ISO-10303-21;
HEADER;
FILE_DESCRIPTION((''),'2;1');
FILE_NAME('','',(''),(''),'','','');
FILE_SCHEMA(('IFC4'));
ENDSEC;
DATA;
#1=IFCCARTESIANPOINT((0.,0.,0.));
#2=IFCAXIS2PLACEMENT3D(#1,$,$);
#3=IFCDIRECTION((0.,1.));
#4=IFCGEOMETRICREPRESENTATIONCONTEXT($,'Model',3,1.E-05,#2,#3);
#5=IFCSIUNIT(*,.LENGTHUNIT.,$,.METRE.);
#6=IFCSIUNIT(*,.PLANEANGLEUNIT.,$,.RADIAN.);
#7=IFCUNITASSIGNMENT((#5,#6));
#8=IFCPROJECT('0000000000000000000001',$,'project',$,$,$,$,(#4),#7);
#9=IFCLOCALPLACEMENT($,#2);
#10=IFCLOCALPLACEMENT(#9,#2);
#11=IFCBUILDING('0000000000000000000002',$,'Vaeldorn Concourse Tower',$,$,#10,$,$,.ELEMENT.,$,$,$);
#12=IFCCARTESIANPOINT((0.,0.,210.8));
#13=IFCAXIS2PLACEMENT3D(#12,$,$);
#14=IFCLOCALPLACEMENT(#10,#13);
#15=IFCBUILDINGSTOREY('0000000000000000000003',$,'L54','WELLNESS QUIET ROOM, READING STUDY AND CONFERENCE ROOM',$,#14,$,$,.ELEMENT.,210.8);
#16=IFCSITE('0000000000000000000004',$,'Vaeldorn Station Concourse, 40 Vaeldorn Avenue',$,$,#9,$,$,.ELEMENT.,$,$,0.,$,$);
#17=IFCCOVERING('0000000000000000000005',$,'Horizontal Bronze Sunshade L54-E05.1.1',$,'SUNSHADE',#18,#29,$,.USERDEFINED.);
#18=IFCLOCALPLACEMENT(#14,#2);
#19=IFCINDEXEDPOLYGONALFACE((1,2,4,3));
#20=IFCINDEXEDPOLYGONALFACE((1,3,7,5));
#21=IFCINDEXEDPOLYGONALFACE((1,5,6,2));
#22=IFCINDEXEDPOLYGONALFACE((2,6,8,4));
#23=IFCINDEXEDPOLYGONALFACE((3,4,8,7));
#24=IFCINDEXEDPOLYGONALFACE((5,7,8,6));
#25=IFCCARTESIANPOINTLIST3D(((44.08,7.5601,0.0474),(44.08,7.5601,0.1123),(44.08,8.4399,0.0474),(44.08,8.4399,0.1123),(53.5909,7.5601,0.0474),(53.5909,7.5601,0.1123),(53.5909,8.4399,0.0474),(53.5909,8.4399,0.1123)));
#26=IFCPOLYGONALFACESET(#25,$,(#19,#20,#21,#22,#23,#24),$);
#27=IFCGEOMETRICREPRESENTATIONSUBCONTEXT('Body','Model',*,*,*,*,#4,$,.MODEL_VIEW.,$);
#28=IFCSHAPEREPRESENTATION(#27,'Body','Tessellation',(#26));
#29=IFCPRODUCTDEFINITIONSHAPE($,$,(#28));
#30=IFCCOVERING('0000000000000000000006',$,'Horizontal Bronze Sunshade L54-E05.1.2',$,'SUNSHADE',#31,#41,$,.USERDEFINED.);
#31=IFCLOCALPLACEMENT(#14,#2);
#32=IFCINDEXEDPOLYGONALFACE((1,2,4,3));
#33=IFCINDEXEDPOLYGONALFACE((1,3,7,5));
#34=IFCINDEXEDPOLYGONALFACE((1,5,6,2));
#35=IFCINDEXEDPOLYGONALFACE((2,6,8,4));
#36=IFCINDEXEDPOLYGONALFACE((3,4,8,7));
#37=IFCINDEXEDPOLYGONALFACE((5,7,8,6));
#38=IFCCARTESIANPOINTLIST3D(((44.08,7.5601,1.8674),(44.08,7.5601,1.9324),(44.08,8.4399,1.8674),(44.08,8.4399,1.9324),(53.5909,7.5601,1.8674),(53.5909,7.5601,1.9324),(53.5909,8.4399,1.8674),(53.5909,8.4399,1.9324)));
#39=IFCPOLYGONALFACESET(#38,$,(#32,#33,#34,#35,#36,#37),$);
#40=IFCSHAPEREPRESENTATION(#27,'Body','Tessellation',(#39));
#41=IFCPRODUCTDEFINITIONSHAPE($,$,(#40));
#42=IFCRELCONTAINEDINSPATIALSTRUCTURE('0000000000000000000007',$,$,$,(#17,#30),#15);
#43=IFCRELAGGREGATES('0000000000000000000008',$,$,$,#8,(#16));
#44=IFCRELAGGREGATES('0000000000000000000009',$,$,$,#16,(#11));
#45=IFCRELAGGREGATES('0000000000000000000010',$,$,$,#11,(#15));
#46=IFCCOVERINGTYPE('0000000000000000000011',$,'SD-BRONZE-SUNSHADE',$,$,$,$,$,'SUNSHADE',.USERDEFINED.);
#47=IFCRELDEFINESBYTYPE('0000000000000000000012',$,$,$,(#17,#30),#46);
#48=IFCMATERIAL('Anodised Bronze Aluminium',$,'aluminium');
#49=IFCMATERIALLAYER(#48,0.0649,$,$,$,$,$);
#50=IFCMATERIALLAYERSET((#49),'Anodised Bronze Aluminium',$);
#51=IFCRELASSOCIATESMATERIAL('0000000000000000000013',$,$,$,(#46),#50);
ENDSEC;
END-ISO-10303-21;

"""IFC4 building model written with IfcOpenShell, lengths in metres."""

from ifc_helpers import new_model, si_unit, direction, frame, origin, origin_2d, place, context, subcontext, project, spatial, rectangle, extrude, source, transform, mapped, material, layer, layer_set, type_object, element, save


model = new_model("IFC4")

# Units and contexts
model_context = context("Model", 3, precision=1e-05, world=origin(), true_north=direction((0.0, 1.0)))
body_context = subcontext(model_context, "Body", "Model", "MODEL_VIEW")
ifc_project = project(units=[si_unit("LENGTHUNIT", "METRE"), si_unit("PLANEANGLEUNIT", "RADIAN")], contexts=[model_context])

# Site, building, storey
site_placement = place(None, origin())
site = spatial("IfcSite", under=ifc_project, at=site_placement, Name="Vaeldorn Station Concourse, 40 Vaeldorn Avenue", CompositionType="ELEMENT", RefElevation=0.0)
building_placement = place(site_placement, origin())
building = spatial("IfcBuilding", under=site, at=building_placement, Name="Vaeldorn Concourse Tower", CompositionType="ELEMENT")
storey_placement = place(building_placement, frame((0.0, 0.0, 210.8)))
storey = spatial("IfcBuildingStorey", under=building, at=storey_placement, Name="L54", Description="WELLNESS QUIET ROOM, READING STUDY AND CONFERENCE ROOM", CompositionType="ELEMENT", Elevation=210.8)

# Shared definitions
ifc_material_1 = material(Name="Anodised Bronze Aluminium", Category="aluminium")

# Coverings
ifc_layer_1 = layer(ifc_material_1, 0.0649)
ifc_layer_set_1 = layer_set([ifc_layer_1], Name="Anodised Bronze Aluminium")
covering_type = type_object("IfcCoveringType", Name="SD-BRONZE-SUNSHADE", ElementType="SUNSHADE", PredefinedType="USERDEFINED", material=ifc_layer_set_1)
shared_shape_1 = source(origin(), body_context, "Body", "SweptSolid", [
    extrude(rectangle(XDim=9.511, YDim=0.8799, at=origin_2d()), origin(), (0.0, 0.0, 1.0), 0.0649),
])
for number, where, z_axis, x_axis, name in (
    (1, (48.8354, 8.0, 0.0474), (0.0, 0.0, 1.0), (1.0, 0.0, 0.0), "Horizontal Bronze Sunshade L54-E05.1.1"),
    (2, (48.8354, 8.0, 1.8674), (0.0, 0.0, 1.0), (1.0, 0.0, 0.0), "Horizontal Bronze Sunshade L54-E05.1.2"),
):
    element("IfcCovering", number, at=place(storey_placement, frame(where, z_axis=z_axis, x_axis=x_axis)), inside=storey, type_object=covering_type, Name=name, ObjectType="SUNSHADE", PredefinedType="USERDEFINED", context=body_context, shape_type="MappedRepresentation", body=[
        mapped(shared_shape_1, transform((0.0, 0.0, 0.0), scale=1.0)),
    ])

save(model, "model.ifc")
